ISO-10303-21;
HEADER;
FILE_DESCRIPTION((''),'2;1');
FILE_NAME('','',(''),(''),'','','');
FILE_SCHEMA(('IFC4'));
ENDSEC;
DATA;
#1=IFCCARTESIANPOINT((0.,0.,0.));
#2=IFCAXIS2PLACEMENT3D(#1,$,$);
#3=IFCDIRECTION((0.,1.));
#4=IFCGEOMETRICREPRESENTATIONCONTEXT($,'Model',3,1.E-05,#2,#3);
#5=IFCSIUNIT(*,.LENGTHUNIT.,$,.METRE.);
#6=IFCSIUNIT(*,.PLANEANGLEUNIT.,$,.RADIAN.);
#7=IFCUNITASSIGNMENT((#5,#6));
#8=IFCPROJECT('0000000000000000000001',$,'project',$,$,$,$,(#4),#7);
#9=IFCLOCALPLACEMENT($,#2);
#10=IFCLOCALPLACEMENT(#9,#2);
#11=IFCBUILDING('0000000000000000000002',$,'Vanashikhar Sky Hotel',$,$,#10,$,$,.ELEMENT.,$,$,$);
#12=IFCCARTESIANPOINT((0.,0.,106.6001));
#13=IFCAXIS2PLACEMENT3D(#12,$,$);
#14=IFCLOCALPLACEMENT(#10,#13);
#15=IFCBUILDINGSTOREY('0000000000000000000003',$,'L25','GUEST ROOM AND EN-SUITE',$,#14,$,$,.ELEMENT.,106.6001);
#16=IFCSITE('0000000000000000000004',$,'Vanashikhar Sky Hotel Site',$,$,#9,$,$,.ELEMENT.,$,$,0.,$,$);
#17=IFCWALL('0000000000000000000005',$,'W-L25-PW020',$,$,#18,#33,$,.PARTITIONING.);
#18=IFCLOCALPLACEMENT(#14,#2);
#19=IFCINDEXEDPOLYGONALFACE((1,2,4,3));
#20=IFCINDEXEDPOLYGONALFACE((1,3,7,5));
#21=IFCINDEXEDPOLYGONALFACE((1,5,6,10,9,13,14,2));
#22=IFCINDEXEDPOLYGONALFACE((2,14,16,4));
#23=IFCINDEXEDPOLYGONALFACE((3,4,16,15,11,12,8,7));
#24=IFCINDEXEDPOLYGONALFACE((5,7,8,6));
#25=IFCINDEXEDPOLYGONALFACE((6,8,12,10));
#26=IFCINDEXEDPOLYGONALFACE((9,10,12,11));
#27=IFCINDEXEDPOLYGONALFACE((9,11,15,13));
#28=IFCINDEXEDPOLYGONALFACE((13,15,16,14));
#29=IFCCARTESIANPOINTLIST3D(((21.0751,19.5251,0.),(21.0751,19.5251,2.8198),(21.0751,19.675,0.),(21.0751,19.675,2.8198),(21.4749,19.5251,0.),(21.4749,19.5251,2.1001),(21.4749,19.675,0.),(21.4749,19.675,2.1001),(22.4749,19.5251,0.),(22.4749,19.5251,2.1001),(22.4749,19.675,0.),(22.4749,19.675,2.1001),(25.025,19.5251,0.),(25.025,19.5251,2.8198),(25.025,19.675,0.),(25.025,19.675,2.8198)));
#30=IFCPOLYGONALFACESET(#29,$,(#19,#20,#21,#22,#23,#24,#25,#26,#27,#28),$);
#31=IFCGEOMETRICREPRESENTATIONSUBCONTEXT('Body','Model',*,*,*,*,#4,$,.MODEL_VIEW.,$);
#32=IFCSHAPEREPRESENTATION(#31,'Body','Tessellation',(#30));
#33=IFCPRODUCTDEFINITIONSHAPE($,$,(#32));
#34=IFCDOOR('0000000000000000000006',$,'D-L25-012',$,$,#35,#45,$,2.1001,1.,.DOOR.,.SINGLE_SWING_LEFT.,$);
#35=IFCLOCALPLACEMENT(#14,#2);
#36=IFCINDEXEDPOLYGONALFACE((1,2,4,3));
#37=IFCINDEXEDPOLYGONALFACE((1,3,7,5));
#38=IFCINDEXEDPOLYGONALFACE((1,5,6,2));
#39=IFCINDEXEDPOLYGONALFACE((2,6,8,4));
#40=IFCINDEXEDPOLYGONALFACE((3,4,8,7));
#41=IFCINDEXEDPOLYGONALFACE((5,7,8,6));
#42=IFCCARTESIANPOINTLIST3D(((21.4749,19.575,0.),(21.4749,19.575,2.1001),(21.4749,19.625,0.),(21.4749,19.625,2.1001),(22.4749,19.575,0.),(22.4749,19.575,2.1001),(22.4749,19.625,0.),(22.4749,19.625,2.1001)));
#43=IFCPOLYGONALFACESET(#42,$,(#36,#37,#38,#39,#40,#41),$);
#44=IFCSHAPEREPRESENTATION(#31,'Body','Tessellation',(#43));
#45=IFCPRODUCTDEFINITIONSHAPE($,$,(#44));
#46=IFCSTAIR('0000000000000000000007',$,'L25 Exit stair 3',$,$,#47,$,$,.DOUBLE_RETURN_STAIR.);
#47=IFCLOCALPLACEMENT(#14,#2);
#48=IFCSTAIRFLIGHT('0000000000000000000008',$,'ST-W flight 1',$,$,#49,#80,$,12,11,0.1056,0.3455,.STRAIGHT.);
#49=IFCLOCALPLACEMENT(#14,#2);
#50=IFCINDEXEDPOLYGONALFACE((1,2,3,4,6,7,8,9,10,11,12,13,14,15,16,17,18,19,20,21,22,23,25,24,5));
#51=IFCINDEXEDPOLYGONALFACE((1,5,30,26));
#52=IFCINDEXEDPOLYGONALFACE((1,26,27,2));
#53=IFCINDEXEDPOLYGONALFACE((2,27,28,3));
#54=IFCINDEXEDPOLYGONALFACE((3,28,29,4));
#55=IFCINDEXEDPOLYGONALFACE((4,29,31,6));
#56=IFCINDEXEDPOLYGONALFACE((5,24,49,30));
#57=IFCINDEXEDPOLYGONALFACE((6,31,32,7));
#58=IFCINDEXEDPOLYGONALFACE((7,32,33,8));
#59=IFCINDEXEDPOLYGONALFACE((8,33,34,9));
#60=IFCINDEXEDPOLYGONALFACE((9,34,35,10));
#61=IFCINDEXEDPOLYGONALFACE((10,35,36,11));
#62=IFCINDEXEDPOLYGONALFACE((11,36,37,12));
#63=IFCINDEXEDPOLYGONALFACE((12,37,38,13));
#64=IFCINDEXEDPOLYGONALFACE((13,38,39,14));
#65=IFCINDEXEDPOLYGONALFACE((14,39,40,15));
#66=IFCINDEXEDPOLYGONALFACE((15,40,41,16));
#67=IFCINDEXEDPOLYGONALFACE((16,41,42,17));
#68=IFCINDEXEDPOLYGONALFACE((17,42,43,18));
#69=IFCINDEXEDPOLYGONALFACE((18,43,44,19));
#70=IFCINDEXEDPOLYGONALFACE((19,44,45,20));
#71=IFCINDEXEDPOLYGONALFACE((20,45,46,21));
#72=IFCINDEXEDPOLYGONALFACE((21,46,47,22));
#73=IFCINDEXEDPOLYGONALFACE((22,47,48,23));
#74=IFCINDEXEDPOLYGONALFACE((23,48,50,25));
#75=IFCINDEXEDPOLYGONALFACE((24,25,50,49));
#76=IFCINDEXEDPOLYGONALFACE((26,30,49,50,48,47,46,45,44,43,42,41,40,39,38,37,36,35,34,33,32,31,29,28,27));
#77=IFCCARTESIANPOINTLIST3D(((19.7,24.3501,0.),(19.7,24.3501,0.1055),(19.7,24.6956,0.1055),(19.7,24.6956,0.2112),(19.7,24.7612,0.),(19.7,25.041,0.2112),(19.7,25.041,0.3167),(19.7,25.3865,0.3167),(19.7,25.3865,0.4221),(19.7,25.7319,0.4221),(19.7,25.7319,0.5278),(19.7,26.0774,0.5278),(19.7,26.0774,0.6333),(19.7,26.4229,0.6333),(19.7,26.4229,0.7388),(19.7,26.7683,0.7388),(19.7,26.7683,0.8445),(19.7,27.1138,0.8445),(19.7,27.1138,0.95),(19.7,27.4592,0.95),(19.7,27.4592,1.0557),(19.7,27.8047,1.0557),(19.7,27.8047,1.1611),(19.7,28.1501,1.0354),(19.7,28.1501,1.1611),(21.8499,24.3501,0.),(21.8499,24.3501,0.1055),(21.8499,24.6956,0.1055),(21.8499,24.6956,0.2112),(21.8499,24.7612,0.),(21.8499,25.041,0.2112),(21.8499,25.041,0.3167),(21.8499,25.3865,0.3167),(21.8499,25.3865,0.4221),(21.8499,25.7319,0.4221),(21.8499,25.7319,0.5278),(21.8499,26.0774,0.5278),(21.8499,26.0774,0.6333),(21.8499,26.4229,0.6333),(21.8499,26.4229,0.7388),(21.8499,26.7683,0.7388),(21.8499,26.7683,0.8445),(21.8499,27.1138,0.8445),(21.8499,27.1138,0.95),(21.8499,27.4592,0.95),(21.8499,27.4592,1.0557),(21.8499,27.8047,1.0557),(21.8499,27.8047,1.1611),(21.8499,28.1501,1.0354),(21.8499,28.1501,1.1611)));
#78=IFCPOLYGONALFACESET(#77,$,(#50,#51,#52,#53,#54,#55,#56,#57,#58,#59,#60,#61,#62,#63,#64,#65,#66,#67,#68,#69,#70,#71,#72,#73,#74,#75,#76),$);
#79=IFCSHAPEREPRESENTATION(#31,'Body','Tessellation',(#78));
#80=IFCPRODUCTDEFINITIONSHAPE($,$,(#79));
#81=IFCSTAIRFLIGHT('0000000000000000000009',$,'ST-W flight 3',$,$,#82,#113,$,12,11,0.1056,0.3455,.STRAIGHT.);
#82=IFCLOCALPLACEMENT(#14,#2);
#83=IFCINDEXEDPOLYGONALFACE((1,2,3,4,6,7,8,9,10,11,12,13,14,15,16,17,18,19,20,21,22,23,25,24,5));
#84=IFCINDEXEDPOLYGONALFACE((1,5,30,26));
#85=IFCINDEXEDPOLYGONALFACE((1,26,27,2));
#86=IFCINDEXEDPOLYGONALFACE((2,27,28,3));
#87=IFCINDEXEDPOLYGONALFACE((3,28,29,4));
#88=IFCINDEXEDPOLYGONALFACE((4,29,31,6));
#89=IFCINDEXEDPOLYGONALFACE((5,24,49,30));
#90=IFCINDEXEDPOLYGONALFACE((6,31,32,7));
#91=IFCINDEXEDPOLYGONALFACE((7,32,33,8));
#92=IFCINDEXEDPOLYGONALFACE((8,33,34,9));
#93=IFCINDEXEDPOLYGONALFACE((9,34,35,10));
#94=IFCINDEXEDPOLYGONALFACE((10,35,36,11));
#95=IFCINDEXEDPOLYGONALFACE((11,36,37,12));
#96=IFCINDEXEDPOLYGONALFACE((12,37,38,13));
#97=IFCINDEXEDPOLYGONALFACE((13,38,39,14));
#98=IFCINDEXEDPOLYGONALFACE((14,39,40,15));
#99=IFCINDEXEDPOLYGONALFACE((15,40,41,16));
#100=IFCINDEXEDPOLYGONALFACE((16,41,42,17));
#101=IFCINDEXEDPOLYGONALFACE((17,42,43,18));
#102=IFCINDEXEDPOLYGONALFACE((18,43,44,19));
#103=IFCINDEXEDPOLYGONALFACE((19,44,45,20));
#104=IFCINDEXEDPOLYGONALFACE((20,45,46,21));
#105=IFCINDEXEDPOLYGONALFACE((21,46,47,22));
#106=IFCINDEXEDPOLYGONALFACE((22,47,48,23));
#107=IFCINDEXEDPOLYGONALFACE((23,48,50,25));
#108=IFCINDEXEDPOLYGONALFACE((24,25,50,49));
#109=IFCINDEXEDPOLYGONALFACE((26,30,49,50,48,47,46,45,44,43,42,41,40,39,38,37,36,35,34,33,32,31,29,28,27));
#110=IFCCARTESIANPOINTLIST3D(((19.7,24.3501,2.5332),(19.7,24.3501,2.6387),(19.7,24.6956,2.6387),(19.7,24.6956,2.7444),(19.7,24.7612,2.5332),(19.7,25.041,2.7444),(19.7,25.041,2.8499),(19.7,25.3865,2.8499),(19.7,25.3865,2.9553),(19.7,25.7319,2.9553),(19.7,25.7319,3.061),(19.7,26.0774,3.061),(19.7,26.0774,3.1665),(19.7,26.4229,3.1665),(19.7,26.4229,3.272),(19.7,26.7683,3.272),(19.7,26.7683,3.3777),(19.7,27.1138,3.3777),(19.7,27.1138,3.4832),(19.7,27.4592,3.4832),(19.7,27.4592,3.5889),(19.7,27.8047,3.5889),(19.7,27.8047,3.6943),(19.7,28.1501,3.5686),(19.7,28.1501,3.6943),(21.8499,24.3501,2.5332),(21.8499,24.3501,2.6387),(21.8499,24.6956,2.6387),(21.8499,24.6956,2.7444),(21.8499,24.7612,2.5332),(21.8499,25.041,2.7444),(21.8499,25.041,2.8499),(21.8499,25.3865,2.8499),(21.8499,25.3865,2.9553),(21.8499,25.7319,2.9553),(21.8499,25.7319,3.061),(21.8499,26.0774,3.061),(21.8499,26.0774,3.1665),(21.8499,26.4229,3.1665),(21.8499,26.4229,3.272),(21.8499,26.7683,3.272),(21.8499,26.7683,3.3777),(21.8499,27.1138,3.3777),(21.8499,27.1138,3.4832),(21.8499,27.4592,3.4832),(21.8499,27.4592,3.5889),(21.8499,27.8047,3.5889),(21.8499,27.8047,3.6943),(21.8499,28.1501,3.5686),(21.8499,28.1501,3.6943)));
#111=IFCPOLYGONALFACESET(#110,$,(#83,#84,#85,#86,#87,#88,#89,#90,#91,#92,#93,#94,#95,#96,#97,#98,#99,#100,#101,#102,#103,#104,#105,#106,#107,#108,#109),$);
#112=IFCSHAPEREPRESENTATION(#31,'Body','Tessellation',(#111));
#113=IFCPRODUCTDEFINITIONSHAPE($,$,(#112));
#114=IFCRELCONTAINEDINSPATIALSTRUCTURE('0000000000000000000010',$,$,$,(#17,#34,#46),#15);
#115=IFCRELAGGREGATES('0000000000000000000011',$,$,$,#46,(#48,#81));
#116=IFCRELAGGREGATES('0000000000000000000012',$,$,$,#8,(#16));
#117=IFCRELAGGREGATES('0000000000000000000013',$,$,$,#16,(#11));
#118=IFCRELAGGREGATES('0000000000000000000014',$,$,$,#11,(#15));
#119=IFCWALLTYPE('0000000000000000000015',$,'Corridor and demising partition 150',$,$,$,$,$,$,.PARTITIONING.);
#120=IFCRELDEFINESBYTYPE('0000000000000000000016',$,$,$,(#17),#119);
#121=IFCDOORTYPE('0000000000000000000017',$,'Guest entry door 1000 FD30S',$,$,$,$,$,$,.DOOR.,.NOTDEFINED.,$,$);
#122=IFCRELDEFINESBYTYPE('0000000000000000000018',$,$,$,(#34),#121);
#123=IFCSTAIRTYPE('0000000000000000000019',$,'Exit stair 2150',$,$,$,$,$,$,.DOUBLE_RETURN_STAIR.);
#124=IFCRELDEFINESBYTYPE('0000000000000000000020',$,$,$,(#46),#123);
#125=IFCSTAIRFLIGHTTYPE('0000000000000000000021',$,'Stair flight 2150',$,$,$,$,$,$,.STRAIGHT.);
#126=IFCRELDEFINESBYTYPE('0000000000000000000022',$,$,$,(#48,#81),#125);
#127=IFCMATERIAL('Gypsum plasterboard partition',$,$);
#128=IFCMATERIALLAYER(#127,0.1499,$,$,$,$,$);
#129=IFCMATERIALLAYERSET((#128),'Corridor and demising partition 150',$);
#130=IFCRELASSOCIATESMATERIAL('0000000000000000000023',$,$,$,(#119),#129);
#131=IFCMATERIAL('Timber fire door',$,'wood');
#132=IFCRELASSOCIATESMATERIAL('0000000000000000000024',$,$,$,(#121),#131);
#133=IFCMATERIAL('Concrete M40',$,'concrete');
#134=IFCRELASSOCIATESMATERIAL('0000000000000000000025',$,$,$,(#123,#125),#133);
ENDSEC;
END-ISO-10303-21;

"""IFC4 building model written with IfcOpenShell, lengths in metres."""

from ifc_helpers import new_model, si_unit, direction, frame, frame_2d, origin, place, context, subcontext, project, spatial, polyline, rectangle, outline, extrude, source, transform, mapped, material, layer, layer_set, type_object, element, fill, aggregate, save


model = new_model("IFC4")

# Units and contexts
model_context = context("Model", 3, precision=1e-05, world=origin(), true_north=direction((0.0, 1.0)))
body_context = subcontext(model_context, "Body", "Model", "MODEL_VIEW")
ifc_project = project(units=[si_unit("LENGTHUNIT", "METRE"), si_unit("PLANEANGLEUNIT", "RADIAN")], contexts=[model_context])

# Site, building, storey
site_placement = place(None, origin())
site = spatial("IfcSite", under=ifc_project, at=site_placement, Name="Vanashikhar Sky Hotel Site", CompositionType="ELEMENT", RefElevation=0.0)
building_placement = place(site_placement, origin())
building = spatial("IfcBuilding", under=site, at=building_placement, Name="Vanashikhar Sky Hotel", CompositionType="ELEMENT")
storey_placement = place(building_placement, frame((0.0, 0.0, 106.6001)))
storey = spatial("IfcBuildingStorey", under=building, at=storey_placement, Name="L25", Description="GUEST ROOM AND EN-SUITE", CompositionType="ELEMENT", Elevation=106.6001)

# Wall, opening, door
ifc_material_1 = material(Name="Gypsum plasterboard partition")
ifc_layer_1 = layer(ifc_material_1, 0.1499)
ifc_layer_set_1 = layer_set([ifc_layer_1], Name="Corridor and demising partition 150")
wall_type_1 = type_object("IfcWallType", Name="Corridor and demising partition 150", PredefinedType="PARTITIONING", material=ifc_layer_set_1)
shared_shape_1 = source(origin(), body_context, "Body", "SweptSolid", [
    extrude(rectangle(XDim=3.95, YDim=0.1499, at=frame_2d((1.9751, 0.0))), origin(), (0.0, 0.0, 1.0), 2.8198),
])
shared_shape_2 = source(origin(), body_context, "Body", "SweptSolid", [
    extrude(rectangle(XDim=1.0, YDim=2.1001, at=frame_2d((0.5, 1.05))), frame((0.0, 0.085, 0.0), z_axis=(0.0, -1.0, 0.0), x_axis=(1.0, 0.0, 0.0)), (0.0, 0.0, 1.0), 0.1699),
])
ifc_material_2 = material(Name="Timber fire door", Category="wood")
door_type_1 = type_object("IfcDoorType", Name="Guest entry door 1000 FD30S", OperationType="NOTDEFINED", PredefinedType="DOOR", material=ifc_material_2)
shared_shape_3 = source(origin(), body_context, "Body", "SweptSolid", [
    extrude(rectangle(XDim=1.0, YDim=2.1001, at=frame_2d((0.5, 1.05))), frame((0.0, 0.0249, 0.0), z_axis=(0.0, -1.0, 0.0), x_axis=(1.0, 0.0, 0.0)), (0.0, 0.0, 1.0), 0.05),
])
wall_1_placement = place(storey_placement, frame((21.075, 19.6001, 0.0), z_axis=(0.0, 0.0, 1.0), x_axis=(1.0, 0.0, 0.0)))
wall_1 = element("IfcWall", 1, at=wall_1_placement, inside=storey, type_object=wall_type_1, Name="W-L25-PW020", PredefinedType="PARTITIONING", context=body_context, shape_type="MappedRepresentation", body=[
    mapped(shared_shape_1, transform((0.0, 0.0, 0.0), scale=1.0)),
])
opening_1_placement = place(wall_1_placement, frame((0.3999, 0.0, 0.0)))
opening_1 = element("IfcOpeningElement", 2, at=opening_1_placement, cuts=wall_1, PredefinedType="OPENING", context=body_context, shape_type="MappedRepresentation", body=[
    mapped(shared_shape_2, transform((0.0, 0.0, 0.0), scale=1.0)),
])
door_1_placement = place(opening_1_placement, origin())
door_1 = element("IfcDoor", 3, at=door_1_placement, inside=storey, type_object=door_type_1, Name="D-L25-012", OperationType="SINGLE_SWING_LEFT", OverallHeight=2.1001, OverallWidth=1.0, PredefinedType="DOOR", context=body_context, shape_type="MappedRepresentation", body=[
    mapped(shared_shape_3, transform((0.0, 0.0, 0.0), scale=1.0)),
])
fill(opening_1, door_1)

# Stair, stair flights
ifc_material_3 = material(Name="Concrete M40", Category="concrete")
stair_type = type_object("IfcStairType", Name="Exit stair 2150", PredefinedType="DOUBLE_RETURN_STAIR", material=ifc_material_3)
stair_placement = place(storey_placement, origin())
stair = element("IfcStair", 4, at=stair_placement, inside=storey, type_object=stair_type, Name="L25 Exit stair 3", PredefinedType="DOUBLE_RETURN_STAIR")
stair_flight_type = type_object("IfcStairFlightType", Name="Stair flight 2150", PredefinedType="STRAIGHT", material=ifc_material_3)
shared_shape_4 = source(origin(), body_context, "Body", "SweptSolid", [
    extrude(outline(polyline([(0.0, 0.0), (0.0, 0.1055), (0.3455, 0.1055), (0.3455, 0.2112), (0.6909, 0.2112), (0.6909, 0.3167), (1.0364, 0.3167), (1.0364, 0.4221), (1.3818, 0.4221), (1.3818, 0.5278), (1.7273, 0.5278), (1.7273, 0.6333), (2.0728, 0.6333), (2.0728, 0.7388), (2.4182, 0.7388), (2.4182, 0.8445), (2.7637, 0.8445), (2.7637, 0.95), (3.1091, 0.95), (3.1091, 1.0557), (3.4546, 1.0557), (3.4546, 1.1611), (3.8, 1.1611), (3.8, 1.2666), (3.8, 1.0354), (0.4111, 0.0), (0.0, 0.0)])), frame((0.0, 1.075, 0.0), z_axis=(0.0, -1.0, 0.0), x_axis=(1.0, 0.0, 0.0)), (0.0, 0.0, 1.0), 2.1499),
])
stair_flight_1_placement = place(storey_placement, frame((20.7749, 24.3501, 0.0), z_axis=(0.0, 0.0, 1.0), x_axis=(0.0, 1.0, 0.0)))
stair_flight_1 = element("IfcStairFlight", 5, at=stair_flight_1_placement, type_object=stair_flight_type, Name="ST-W flight 1", NumberOfRisers=12, NumberOfTreads=11, PredefinedType="STRAIGHT", RiserHeight=0.1056, TreadLength=0.3455, context=body_context, shape_type="MappedRepresentation", body=[
    mapped(shared_shape_4, transform((0.0, 0.0, 0.0), scale=1.0)),
])
stair_flight_2_placement = place(storey_placement, frame((20.7749, 24.3501, 2.5332), z_axis=(0.0, 0.0, 1.0), x_axis=(0.0, 1.0, 0.0)))
stair_flight_2 = element("IfcStairFlight", 6, at=stair_flight_2_placement, type_object=stair_flight_type, Name="ST-W flight 3", NumberOfRisers=12, NumberOfTreads=11, PredefinedType="STRAIGHT", RiserHeight=0.1056, TreadLength=0.3455, context=body_context, shape_type="MappedRepresentation", body=[
    mapped(shared_shape_4, transform((0.0, 0.0, 0.0), scale=1.0)),
])
aggregate(stair, [stair_flight_1, stair_flight_2])

save(model, "model.ifc")
